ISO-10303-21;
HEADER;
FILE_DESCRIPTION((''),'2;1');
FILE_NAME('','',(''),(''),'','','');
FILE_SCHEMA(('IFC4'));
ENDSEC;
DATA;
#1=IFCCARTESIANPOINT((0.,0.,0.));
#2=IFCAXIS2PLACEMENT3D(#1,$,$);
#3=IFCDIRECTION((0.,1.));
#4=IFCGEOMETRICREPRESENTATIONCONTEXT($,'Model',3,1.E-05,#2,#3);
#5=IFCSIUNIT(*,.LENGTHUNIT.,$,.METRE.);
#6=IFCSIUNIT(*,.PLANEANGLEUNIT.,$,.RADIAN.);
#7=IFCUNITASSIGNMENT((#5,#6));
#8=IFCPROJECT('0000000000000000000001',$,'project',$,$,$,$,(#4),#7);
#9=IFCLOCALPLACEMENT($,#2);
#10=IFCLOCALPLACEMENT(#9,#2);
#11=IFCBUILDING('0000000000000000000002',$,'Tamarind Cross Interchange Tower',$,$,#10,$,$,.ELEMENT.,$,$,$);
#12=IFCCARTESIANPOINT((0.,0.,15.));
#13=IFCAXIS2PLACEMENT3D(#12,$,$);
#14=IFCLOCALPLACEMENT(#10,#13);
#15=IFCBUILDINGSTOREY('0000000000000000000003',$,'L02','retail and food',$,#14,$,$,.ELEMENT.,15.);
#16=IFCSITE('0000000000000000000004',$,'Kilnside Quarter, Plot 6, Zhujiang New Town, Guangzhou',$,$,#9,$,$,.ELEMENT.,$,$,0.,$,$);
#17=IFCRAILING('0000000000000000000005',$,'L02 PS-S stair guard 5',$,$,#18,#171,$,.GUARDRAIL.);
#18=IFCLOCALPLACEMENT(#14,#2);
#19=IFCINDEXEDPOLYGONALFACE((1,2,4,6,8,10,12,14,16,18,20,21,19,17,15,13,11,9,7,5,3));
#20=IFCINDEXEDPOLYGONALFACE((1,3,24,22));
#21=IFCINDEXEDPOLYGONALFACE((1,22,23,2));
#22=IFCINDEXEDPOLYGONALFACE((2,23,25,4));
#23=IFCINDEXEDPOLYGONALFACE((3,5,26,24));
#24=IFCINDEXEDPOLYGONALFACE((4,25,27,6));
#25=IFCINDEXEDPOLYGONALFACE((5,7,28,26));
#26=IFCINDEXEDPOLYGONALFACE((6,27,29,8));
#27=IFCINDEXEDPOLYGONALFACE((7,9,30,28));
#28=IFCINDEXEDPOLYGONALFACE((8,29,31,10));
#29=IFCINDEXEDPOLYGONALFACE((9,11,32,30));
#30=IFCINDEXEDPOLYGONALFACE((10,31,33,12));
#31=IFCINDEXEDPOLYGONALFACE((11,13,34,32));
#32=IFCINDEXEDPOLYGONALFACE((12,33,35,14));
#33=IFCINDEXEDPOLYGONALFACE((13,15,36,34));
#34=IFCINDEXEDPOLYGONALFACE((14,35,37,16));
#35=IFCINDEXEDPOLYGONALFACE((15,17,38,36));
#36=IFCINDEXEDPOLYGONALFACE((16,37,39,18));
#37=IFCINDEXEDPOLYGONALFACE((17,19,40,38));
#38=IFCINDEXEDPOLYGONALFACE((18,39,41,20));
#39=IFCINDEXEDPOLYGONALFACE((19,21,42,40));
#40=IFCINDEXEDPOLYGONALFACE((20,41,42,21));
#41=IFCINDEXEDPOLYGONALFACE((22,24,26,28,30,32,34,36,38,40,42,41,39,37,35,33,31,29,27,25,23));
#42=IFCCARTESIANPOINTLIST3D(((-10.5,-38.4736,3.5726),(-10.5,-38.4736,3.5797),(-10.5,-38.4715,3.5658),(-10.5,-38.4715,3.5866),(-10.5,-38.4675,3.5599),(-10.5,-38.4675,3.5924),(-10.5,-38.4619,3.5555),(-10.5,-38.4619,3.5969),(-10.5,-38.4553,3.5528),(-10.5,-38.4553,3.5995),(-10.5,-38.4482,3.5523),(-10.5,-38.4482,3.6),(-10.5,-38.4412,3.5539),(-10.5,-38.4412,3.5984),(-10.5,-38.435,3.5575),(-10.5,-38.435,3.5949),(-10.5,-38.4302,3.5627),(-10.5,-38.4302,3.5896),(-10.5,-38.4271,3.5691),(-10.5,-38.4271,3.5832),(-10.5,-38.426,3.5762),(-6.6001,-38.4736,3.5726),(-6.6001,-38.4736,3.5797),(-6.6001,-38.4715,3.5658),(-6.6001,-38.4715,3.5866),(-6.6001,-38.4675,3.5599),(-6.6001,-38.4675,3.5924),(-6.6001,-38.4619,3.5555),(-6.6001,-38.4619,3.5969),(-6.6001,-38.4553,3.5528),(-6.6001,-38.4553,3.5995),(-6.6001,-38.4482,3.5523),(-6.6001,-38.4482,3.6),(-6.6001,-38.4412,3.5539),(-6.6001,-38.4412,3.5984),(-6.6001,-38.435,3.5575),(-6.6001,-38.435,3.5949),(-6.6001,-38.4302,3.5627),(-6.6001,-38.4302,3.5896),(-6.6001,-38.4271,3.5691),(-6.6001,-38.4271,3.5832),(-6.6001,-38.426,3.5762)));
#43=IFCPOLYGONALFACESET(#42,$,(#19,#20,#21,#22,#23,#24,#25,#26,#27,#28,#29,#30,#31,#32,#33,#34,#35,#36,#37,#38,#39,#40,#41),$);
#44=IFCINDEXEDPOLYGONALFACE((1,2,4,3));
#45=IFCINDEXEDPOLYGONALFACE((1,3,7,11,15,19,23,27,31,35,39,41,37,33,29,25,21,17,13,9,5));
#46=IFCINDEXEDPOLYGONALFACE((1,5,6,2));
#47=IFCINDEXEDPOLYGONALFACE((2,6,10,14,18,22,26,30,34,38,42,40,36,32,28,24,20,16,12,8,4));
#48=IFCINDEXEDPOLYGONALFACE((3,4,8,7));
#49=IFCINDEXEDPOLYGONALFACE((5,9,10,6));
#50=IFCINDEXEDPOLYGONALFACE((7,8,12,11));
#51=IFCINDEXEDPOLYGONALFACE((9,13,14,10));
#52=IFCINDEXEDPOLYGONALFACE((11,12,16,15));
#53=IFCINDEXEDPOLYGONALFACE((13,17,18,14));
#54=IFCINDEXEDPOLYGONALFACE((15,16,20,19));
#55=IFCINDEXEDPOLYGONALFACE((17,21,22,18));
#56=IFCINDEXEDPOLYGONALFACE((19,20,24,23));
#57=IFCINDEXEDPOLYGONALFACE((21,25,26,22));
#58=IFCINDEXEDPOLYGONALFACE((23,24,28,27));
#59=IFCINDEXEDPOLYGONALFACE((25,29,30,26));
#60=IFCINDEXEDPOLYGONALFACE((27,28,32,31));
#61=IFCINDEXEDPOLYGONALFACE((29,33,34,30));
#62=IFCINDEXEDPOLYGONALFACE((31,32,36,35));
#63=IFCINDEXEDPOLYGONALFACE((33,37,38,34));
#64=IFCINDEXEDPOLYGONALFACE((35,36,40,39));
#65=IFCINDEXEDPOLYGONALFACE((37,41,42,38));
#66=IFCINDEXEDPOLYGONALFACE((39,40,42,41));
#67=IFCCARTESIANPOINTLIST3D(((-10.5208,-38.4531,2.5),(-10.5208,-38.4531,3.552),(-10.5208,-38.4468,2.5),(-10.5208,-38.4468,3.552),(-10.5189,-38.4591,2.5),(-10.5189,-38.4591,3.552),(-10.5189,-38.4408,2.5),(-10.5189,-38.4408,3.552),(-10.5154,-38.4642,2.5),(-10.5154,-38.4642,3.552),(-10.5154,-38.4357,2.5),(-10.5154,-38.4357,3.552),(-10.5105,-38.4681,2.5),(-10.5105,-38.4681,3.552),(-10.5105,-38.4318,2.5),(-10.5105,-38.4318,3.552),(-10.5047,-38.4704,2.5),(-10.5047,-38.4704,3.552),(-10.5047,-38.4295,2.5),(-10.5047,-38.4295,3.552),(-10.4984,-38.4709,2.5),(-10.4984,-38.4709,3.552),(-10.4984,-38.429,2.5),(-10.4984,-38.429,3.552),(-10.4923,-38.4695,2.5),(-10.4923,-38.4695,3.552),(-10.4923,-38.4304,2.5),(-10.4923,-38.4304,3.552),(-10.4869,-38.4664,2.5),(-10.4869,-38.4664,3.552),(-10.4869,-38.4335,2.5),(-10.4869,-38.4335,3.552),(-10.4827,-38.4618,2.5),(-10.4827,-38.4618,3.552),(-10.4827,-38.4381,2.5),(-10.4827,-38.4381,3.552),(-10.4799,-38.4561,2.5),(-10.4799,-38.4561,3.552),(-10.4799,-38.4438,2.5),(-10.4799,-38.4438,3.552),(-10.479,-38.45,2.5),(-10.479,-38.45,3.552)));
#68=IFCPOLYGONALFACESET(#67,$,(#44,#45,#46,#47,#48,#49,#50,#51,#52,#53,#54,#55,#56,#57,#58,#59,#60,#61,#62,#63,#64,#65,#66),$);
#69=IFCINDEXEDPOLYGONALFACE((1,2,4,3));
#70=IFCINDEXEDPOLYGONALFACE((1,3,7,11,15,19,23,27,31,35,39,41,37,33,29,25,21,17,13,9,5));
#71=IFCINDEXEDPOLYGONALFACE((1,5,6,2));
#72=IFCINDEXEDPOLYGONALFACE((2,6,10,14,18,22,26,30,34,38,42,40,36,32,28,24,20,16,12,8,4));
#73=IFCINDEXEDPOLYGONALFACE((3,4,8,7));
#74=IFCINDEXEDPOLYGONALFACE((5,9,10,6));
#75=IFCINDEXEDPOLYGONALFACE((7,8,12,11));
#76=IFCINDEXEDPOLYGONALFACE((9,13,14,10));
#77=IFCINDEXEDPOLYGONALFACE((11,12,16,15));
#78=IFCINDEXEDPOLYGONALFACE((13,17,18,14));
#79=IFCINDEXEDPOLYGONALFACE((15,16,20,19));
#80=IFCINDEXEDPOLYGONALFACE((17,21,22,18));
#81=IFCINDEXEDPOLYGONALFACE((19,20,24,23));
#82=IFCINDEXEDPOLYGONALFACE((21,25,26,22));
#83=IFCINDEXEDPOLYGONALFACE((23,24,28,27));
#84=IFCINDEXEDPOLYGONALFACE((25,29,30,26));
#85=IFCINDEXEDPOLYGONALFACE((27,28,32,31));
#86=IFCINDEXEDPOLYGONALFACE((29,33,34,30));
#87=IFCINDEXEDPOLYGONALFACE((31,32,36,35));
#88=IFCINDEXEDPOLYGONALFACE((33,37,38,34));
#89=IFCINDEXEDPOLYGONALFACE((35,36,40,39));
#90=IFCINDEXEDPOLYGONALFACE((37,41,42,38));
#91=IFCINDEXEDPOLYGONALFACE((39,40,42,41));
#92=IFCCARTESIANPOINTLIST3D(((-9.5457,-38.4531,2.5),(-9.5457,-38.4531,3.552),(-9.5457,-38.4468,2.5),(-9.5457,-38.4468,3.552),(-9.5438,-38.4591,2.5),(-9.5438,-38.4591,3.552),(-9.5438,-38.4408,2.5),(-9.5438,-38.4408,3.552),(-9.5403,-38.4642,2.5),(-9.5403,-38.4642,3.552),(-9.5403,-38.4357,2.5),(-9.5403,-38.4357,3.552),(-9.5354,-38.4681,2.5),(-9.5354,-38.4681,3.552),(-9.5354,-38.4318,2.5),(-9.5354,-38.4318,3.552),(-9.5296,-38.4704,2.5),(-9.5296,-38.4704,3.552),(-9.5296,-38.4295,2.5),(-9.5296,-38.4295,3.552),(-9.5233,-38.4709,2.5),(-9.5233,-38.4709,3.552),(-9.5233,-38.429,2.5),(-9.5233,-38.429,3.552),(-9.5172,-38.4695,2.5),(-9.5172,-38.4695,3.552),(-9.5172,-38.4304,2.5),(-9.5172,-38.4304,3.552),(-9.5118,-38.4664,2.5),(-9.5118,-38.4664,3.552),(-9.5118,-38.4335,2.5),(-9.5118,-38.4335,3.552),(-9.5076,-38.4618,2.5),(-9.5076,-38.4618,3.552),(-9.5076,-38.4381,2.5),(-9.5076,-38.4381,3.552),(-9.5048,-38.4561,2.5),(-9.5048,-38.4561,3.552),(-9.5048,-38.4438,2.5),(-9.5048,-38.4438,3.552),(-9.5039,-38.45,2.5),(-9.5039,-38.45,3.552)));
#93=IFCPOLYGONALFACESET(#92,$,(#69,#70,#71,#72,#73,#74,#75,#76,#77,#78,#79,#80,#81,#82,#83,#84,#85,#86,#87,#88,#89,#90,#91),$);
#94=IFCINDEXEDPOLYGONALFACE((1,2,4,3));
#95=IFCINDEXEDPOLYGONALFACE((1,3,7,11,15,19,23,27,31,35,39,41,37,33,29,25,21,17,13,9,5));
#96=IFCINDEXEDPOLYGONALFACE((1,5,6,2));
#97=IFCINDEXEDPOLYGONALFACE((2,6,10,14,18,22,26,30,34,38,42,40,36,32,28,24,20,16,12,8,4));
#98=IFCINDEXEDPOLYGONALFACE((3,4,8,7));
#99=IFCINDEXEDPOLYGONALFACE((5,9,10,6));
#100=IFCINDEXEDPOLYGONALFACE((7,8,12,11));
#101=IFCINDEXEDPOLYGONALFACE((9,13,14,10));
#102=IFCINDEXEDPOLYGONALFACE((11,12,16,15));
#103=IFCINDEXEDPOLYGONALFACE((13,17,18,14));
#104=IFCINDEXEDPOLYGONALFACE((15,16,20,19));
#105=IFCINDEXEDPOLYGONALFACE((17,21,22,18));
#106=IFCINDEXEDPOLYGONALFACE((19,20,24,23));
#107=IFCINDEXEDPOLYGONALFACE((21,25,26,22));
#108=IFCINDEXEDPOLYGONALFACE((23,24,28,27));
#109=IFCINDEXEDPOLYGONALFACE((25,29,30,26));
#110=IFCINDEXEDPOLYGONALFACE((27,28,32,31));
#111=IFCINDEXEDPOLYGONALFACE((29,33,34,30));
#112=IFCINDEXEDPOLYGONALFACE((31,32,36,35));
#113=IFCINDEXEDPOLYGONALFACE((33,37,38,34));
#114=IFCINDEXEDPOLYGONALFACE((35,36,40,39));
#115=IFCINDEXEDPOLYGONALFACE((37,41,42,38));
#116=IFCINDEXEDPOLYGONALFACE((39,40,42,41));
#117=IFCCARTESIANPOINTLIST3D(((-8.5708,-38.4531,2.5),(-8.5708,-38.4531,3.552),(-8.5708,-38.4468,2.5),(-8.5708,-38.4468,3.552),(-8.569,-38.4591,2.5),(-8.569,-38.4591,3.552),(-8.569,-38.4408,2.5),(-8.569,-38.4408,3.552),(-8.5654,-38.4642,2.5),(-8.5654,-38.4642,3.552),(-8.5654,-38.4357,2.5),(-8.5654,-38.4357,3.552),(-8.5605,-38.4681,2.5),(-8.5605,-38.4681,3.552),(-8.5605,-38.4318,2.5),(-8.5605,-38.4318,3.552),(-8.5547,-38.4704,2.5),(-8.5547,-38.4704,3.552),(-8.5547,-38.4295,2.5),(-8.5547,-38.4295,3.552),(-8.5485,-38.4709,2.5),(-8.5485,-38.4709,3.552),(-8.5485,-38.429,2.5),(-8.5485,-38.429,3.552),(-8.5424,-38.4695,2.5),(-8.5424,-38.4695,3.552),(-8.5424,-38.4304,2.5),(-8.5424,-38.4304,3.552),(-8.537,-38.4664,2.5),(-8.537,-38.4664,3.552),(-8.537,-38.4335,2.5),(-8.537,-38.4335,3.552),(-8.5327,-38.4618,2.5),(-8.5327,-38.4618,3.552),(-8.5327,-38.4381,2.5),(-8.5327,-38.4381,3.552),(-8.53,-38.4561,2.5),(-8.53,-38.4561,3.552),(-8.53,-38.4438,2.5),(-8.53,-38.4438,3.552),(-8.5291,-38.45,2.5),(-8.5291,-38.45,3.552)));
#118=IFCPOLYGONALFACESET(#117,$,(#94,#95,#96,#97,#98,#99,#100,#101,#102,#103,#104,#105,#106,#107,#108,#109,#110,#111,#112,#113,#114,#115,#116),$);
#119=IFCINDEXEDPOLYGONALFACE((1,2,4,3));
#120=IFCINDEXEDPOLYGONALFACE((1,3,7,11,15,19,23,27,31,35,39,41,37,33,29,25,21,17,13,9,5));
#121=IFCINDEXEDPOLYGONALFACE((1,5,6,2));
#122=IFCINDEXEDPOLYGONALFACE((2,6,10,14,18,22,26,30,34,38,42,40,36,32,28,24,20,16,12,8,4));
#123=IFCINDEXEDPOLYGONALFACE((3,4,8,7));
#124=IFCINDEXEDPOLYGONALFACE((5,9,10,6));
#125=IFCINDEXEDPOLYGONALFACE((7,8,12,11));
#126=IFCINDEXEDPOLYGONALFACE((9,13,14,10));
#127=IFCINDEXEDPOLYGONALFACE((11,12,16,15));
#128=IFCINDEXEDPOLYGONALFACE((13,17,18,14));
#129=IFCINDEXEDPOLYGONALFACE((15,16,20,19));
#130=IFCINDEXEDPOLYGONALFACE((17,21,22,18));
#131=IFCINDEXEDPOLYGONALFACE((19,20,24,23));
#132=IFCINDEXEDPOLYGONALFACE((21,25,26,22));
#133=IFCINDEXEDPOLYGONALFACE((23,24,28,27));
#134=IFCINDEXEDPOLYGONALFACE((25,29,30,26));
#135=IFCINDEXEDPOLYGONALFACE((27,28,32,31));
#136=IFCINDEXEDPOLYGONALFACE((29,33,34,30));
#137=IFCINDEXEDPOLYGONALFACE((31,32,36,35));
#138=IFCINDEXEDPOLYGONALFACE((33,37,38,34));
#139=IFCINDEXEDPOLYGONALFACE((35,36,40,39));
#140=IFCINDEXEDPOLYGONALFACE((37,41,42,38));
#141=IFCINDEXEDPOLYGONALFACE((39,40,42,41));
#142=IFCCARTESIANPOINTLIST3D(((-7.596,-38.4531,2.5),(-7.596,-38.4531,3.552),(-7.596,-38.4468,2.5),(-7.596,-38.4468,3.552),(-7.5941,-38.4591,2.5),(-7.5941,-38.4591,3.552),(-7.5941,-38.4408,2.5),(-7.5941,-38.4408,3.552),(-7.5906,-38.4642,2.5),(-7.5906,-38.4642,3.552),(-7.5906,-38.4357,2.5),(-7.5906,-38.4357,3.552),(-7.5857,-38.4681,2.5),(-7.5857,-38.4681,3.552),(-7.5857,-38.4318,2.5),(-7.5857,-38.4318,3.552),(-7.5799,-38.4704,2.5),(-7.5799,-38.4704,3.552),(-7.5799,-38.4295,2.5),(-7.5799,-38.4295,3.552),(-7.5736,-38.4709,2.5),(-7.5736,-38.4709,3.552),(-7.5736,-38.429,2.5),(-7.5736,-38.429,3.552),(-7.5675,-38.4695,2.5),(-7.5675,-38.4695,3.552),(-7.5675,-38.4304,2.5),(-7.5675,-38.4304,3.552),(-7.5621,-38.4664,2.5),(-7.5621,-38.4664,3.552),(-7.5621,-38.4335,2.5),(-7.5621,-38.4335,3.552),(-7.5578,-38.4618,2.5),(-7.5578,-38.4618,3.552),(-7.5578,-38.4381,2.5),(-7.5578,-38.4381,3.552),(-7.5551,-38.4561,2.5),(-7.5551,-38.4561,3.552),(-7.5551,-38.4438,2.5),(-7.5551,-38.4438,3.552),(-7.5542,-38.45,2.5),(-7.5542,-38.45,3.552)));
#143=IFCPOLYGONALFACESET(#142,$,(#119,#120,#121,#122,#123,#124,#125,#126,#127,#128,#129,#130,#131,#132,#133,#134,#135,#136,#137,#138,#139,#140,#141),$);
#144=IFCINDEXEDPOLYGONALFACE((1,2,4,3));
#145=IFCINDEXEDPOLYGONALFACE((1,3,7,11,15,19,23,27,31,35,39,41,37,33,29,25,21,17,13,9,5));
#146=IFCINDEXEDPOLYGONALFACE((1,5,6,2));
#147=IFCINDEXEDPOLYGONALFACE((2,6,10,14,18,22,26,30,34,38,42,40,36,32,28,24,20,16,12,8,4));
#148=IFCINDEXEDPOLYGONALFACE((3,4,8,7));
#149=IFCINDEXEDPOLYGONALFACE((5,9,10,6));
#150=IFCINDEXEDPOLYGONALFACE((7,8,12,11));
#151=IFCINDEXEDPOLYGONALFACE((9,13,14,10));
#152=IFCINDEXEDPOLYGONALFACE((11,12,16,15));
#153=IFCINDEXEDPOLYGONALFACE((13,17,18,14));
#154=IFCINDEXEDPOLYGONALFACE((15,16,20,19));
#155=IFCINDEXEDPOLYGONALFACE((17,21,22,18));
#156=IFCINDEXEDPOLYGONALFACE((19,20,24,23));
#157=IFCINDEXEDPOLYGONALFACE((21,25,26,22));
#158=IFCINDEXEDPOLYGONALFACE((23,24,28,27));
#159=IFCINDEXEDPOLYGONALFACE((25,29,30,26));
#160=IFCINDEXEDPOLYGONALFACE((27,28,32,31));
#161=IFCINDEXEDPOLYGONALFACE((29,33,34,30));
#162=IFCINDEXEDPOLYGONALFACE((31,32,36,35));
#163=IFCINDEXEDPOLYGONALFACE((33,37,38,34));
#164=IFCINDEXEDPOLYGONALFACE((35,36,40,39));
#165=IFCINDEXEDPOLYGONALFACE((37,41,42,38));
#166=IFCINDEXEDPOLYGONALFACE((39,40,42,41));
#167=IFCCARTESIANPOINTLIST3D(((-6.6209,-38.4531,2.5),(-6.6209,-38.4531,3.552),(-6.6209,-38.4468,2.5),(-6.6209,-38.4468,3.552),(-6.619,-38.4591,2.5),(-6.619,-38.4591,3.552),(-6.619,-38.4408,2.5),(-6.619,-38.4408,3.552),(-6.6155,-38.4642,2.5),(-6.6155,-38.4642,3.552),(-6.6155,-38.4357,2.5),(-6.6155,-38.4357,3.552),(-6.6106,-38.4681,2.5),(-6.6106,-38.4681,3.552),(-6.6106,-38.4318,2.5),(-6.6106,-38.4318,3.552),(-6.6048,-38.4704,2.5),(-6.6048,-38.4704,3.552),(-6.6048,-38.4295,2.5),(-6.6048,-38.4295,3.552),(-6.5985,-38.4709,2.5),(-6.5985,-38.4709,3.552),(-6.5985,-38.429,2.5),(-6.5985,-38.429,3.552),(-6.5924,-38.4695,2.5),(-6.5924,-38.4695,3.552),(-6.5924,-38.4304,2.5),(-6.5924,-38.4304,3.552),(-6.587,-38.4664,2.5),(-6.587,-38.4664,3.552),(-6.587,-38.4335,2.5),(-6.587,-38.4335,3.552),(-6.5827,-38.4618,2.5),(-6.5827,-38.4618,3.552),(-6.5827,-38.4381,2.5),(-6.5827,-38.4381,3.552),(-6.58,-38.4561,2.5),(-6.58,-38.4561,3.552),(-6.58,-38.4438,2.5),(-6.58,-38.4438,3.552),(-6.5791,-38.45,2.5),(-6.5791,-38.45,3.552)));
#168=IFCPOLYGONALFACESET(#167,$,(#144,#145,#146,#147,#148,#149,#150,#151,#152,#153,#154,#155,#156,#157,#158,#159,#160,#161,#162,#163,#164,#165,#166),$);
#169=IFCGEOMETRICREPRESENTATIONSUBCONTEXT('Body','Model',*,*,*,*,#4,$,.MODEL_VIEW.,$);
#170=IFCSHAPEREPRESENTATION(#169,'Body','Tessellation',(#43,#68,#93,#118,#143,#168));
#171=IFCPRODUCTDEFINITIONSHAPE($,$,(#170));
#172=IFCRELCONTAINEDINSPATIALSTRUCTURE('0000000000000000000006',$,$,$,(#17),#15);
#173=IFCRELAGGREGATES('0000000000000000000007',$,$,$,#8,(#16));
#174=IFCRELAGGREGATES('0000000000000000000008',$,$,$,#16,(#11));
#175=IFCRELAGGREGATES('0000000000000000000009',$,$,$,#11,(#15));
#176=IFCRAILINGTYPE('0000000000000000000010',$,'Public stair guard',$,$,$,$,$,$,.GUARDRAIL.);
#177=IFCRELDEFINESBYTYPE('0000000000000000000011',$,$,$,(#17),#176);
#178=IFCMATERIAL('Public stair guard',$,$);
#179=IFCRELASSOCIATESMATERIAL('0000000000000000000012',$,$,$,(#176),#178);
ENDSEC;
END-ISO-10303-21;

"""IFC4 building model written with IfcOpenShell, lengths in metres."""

from ifc_helpers import new_model, si_unit, direction, frame, origin, origin_2d, place, context, subcontext, project, spatial, circle, extrude, material, type_object, element, save


model = new_model("IFC4")

# Units and contexts
model_context = context("Model", 3, precision=1e-05, world=origin(), true_north=direction((0.0, 1.0)))
body_context = subcontext(model_context, "Body", "Model", "MODEL_VIEW")
ifc_project = project(units=[si_unit("LENGTHUNIT", "METRE"), si_unit("PLANEANGLEUNIT", "RADIAN")], contexts=[model_context])

# Site, building, storey
site_placement = place(None, origin())
site = spatial("IfcSite", under=ifc_project, at=site_placement, Name="Kilnside Quarter, Plot 6, Zhujiang New Town, Guangzhou", CompositionType="ELEMENT", RefElevation=0.0)
building_placement = place(site_placement, origin())
building = spatial("IfcBuilding", under=site, at=building_placement, Name="Tamarind Cross Interchange Tower", CompositionType="ELEMENT")
storey_placement = place(building_placement, frame((0.0, 0.0, 15.0)))
storey = spatial("IfcBuildingStorey", under=building, at=storey_placement, Name="L02", Description="retail and food", CompositionType="ELEMENT", Elevation=15.0)

# Railing
ifc_material_1 = material(Name="Public stair guard")
railing_type_1 = type_object("IfcRailingType", Name="Public stair guard", PredefinedType="GUARDRAIL", material=ifc_material_1)
railing_1_placement = place(storey_placement, frame((-10.5, -38.45, 2.5)))
element("IfcRailing", 1, at=railing_1_placement, inside=storey, type_object=railing_type_1, Name="L02 PS-S stair guard 5", PredefinedType="GUARDRAIL", context=body_context, shape_type="SweptSolid", body=[
    extrude(circle(Radius=0.0239, at=origin_2d()), frame((0.0, 0.0, 1.0762), z_axis=(1.0, 0.0, 0.0), x_axis=(0.0, 1.0, 0.0)), (0.0, 0.0, 1.0), 3.8999),
    extrude(circle(Radius=0.021, at=origin_2d()), origin(), (0.0, 0.0, 1.0), 1.052),
    extrude(circle(Radius=0.021, at=origin_2d()), frame((0.9751, 0.0, 0.0)), (0.0, 0.0, 1.0), 1.052),
    extrude(circle(Radius=0.021, at=origin_2d()), frame((1.95, 0.0, 0.0)), (0.0, 0.0, 1.0), 1.052),
    extrude(circle(Radius=0.021, at=origin_2d()), frame((2.9248, 0.0, 0.0)), (0.0, 0.0, 1.0), 1.052),
    extrude(circle(Radius=0.021, at=origin_2d()), frame((3.8999, 0.0, 0.0)), (0.0, 0.0, 1.0), 1.052),
])

save(model, "model.ifc")
